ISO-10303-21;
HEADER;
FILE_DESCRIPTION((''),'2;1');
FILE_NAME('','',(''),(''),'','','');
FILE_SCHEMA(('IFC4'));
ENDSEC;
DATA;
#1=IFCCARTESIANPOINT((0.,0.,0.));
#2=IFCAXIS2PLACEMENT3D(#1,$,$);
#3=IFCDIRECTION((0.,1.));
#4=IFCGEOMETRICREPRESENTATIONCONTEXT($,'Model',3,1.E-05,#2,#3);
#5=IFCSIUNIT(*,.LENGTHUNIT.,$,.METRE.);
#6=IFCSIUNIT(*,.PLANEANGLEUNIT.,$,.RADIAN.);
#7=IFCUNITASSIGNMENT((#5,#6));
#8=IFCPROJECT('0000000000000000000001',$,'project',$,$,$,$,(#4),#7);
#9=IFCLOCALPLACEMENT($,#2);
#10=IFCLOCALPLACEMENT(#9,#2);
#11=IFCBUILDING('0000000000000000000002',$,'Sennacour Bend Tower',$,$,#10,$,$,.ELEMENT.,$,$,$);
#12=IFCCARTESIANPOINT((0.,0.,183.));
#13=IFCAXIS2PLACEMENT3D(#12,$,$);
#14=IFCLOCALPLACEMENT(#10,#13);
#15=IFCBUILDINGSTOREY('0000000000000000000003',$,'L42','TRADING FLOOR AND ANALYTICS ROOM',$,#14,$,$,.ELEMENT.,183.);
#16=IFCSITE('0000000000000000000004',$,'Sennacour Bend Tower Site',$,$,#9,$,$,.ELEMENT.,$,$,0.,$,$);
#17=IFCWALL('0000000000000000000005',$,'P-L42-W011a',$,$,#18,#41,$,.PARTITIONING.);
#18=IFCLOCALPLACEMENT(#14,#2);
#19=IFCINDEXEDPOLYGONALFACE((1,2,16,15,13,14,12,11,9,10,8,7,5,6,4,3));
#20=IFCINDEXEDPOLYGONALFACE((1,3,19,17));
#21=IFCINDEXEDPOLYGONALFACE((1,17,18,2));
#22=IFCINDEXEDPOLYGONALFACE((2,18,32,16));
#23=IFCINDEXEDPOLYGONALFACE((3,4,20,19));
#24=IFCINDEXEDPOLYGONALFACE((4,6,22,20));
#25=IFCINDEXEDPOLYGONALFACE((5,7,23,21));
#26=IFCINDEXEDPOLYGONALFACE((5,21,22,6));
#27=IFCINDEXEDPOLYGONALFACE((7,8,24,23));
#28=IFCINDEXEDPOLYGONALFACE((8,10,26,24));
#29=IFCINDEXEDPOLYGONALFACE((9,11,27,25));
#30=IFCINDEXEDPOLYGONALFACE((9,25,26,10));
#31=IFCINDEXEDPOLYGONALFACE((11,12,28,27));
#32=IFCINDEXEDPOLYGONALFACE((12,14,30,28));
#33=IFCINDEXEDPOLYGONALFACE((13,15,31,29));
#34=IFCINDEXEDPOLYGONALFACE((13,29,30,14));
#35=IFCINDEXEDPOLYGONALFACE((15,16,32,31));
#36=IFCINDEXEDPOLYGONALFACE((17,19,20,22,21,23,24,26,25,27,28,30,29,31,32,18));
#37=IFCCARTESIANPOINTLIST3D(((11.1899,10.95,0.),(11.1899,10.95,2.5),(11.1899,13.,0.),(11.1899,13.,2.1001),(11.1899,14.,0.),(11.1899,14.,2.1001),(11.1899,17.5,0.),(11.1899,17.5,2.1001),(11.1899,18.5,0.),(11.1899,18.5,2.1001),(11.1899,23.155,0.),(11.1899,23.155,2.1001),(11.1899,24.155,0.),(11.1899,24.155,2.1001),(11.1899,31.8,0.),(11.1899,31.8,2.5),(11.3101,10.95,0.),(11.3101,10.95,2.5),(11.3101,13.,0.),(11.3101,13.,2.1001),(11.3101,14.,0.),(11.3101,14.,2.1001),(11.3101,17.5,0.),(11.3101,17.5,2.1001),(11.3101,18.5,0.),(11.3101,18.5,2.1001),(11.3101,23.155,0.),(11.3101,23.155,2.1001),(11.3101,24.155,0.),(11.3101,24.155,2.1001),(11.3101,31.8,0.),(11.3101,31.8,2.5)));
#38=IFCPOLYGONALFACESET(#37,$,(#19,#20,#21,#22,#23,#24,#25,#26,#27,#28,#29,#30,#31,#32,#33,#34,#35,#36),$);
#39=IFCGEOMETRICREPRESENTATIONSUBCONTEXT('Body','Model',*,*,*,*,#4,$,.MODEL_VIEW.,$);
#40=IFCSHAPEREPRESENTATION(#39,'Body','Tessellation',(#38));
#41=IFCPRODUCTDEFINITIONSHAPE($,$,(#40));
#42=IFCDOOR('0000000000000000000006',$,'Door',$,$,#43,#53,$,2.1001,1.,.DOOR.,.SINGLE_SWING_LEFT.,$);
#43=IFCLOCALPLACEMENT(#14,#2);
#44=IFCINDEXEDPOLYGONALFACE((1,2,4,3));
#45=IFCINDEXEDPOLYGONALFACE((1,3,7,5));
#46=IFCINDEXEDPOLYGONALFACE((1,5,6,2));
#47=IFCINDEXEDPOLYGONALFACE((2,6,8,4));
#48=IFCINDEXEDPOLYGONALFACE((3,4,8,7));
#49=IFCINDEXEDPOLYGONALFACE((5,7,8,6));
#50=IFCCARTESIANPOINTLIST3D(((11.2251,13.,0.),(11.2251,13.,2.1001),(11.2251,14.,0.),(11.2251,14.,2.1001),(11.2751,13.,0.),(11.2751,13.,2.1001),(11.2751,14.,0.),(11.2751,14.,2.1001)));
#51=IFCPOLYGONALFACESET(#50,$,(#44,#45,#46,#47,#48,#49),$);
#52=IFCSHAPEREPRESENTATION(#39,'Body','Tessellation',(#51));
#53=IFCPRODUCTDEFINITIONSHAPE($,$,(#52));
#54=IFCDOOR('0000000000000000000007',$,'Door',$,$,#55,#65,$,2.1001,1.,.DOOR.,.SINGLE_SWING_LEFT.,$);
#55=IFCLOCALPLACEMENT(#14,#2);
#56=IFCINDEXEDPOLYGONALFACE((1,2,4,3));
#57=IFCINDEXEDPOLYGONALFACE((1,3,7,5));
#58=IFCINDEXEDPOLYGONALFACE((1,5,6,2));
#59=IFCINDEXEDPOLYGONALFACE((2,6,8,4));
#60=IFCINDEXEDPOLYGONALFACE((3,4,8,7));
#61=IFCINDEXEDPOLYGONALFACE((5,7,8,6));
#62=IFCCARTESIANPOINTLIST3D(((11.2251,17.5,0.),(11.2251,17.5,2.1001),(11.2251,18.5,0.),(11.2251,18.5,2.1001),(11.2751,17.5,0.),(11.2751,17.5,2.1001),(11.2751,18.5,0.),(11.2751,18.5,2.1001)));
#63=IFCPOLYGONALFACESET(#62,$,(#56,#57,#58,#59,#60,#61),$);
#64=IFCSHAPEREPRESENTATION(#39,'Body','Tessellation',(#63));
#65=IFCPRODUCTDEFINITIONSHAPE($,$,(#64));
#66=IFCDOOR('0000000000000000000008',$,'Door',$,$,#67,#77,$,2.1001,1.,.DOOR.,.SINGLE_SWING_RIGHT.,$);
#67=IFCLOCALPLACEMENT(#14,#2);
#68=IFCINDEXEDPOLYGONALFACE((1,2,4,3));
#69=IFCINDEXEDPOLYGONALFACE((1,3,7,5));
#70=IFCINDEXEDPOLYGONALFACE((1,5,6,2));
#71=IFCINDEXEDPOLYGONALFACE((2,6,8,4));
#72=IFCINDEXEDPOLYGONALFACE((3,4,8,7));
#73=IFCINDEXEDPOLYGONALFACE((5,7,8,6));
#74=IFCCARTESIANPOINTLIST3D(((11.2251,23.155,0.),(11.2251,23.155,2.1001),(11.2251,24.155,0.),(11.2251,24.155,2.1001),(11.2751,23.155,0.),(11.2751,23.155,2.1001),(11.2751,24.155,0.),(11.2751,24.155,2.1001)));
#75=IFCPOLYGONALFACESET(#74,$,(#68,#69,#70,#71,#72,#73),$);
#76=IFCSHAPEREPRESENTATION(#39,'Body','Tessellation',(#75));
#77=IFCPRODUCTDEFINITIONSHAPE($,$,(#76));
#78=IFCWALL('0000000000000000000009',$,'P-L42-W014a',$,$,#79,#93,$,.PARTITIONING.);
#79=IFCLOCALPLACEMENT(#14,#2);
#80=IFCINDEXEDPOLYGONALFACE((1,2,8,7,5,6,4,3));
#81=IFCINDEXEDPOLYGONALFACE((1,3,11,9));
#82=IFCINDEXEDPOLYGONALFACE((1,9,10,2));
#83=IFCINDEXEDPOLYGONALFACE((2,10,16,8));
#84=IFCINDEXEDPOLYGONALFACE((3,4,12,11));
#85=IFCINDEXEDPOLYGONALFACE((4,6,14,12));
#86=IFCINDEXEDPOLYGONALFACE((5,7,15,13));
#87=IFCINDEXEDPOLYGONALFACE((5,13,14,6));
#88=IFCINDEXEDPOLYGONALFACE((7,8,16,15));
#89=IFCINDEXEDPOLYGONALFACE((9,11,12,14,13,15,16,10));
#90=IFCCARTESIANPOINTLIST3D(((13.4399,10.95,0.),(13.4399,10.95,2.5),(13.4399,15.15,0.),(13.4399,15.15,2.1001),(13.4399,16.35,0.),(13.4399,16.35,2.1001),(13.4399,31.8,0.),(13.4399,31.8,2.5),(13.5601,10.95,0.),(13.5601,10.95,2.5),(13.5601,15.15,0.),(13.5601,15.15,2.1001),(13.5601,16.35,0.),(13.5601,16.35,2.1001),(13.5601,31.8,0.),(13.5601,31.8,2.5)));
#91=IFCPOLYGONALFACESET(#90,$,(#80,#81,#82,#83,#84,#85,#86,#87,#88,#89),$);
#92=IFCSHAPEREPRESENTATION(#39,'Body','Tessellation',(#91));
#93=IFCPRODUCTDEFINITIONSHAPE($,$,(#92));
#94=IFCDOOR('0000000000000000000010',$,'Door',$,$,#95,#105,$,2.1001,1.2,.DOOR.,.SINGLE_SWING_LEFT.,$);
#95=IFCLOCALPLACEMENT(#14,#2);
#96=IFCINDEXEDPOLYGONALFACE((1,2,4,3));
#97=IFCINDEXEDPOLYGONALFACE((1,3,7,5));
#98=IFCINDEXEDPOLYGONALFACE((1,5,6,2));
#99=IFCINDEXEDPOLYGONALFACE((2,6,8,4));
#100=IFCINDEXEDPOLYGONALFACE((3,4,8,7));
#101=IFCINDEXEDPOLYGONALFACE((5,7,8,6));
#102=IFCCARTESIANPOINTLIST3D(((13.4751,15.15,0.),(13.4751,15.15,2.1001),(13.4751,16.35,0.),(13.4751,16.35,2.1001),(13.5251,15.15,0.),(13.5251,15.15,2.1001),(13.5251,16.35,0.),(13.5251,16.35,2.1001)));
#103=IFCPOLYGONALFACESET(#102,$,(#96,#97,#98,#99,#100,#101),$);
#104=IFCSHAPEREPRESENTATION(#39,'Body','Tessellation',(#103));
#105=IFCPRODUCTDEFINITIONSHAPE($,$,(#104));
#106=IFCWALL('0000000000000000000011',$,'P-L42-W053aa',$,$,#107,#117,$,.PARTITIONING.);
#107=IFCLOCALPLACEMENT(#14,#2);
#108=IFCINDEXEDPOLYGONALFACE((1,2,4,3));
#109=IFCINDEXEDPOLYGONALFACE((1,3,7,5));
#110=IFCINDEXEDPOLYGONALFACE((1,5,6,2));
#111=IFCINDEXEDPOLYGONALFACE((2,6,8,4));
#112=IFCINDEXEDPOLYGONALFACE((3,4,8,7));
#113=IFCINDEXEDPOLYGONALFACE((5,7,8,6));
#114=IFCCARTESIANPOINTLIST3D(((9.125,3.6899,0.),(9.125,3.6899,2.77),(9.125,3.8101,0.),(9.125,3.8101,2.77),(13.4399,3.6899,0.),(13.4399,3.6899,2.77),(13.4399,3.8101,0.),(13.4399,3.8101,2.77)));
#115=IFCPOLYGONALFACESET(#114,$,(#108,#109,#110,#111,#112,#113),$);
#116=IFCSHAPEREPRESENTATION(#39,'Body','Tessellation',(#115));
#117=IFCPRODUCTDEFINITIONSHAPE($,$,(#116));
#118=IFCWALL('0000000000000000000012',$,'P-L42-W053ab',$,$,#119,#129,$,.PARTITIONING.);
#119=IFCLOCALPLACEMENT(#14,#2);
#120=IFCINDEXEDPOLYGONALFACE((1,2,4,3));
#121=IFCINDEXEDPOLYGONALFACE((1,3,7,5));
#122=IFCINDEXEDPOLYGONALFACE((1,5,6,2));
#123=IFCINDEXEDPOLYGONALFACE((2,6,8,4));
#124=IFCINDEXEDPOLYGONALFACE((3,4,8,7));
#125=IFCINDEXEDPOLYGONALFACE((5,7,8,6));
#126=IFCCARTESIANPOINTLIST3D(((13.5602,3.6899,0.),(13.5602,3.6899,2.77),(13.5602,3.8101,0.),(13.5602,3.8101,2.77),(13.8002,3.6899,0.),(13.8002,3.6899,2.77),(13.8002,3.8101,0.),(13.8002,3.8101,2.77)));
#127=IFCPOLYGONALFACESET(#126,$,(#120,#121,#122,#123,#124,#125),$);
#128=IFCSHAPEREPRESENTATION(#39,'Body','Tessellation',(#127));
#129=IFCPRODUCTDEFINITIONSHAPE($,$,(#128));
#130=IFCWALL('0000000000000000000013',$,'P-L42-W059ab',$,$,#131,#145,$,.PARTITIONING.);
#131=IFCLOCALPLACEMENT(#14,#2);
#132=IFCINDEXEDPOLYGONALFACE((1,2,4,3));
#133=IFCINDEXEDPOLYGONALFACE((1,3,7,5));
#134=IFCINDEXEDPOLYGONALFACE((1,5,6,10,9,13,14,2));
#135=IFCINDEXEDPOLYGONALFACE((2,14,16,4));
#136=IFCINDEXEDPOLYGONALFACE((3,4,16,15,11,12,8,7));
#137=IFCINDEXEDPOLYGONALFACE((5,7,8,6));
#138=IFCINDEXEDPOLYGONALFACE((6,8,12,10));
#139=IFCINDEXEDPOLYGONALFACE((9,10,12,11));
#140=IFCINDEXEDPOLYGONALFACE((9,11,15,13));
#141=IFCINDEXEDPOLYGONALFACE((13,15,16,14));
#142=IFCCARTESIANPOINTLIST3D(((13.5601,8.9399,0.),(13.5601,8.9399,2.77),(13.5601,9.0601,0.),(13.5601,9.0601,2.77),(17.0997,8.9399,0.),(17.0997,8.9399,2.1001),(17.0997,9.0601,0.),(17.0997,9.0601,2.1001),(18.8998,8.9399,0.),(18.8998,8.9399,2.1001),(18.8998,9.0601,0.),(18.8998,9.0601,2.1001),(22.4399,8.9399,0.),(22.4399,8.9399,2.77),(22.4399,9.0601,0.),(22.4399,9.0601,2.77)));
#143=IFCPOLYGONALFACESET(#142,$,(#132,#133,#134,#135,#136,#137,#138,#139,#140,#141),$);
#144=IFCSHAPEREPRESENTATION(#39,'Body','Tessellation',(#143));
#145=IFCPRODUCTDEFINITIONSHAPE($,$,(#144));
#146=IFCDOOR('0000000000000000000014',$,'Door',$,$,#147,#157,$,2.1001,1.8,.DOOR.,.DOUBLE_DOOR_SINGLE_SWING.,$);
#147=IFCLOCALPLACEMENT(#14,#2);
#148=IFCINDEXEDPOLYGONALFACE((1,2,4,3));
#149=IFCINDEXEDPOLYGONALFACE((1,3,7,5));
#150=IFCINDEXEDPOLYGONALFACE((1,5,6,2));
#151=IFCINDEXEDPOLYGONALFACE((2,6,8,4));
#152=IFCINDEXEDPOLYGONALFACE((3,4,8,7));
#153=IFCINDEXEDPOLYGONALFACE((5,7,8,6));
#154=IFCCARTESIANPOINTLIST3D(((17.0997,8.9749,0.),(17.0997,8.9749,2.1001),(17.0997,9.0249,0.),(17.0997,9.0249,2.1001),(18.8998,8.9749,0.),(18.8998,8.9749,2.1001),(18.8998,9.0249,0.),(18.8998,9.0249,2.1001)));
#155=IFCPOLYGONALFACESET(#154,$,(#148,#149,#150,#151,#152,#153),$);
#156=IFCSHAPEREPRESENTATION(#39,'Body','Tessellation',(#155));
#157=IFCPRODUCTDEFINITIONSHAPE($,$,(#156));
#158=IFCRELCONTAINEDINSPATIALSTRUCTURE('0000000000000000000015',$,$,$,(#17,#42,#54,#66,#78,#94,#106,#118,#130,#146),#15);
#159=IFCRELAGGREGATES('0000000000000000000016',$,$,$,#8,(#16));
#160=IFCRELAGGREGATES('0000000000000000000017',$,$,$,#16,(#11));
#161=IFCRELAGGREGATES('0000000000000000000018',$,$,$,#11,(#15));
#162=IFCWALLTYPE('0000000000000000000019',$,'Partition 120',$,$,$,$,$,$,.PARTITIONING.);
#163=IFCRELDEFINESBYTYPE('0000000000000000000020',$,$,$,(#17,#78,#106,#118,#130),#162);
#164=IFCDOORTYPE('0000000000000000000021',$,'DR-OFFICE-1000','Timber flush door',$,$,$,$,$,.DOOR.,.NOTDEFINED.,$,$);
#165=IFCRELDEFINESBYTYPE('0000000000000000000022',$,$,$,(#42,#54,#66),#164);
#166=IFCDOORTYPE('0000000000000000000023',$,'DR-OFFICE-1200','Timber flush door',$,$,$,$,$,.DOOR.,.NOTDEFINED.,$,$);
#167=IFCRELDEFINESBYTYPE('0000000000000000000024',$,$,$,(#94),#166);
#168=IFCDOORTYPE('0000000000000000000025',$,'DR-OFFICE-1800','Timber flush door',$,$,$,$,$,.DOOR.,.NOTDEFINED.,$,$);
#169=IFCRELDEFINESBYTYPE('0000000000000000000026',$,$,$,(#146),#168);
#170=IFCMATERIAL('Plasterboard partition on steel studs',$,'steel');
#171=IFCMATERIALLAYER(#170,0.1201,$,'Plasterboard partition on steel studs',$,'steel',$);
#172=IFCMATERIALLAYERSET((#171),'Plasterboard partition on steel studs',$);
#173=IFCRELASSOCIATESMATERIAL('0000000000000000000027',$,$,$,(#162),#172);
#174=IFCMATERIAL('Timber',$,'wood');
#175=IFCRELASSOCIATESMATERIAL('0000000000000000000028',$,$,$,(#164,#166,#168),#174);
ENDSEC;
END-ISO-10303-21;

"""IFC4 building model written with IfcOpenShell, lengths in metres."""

from ifc_helpers import new_model, si_unit, direction, frame, frame_2d, origin, place, context, subcontext, project, spatial, rectangle, extrude, material, layer, layer_set, type_object, element, fill, save


model = new_model("IFC4")

# Units and contexts
model_context = context("Model", 3, precision=1e-05, world=origin(), true_north=direction((0.0, 1.0)))
body_context = subcontext(model_context, "Body", "Model", "MODEL_VIEW")
ifc_project = project(units=[si_unit("LENGTHUNIT", "METRE"), si_unit("PLANEANGLEUNIT", "RADIAN")], contexts=[model_context])

# Site, building, storey
site_placement = place(None, origin())
site = spatial("IfcSite", under=ifc_project, at=site_placement, Name="Sennacour Bend Tower Site", CompositionType="ELEMENT", RefElevation=0.0)
building_placement = place(site_placement, origin())
building = spatial("IfcBuilding", under=site, at=building_placement, Name="Sennacour Bend Tower", CompositionType="ELEMENT")
storey_placement = place(building_placement, frame((0.0, 0.0, 183.0)))
storey = spatial("IfcBuildingStorey", under=building, at=storey_placement, Name="L42", Description="TRADING FLOOR AND ANALYTICS ROOM", CompositionType="ELEMENT", Elevation=183.0)

# Wall, openings, doors
ifc_material_1 = material(Name="Plasterboard partition on steel studs", Category="steel")
ifc_layer_1 = layer(ifc_material_1, 0.1201, Name="Plasterboard partition on steel studs", Category="steel")
ifc_layer_set_1 = layer_set([ifc_layer_1], Name="Plasterboard partition on steel studs")
wall_type_1 = type_object("IfcWallType", Name="Partition 120", PredefinedType="PARTITIONING", material=ifc_layer_set_1)
wall_1_placement = place(storey_placement, frame((11.25, 10.95, 0.0), z_axis=(0.0, 0.0, 1.0), x_axis=(0.0, 1.0, 0.0)))
wall_1 = element("IfcWall", 1, at=wall_1_placement, inside=storey, type_object=wall_type_1, Name="P-L42-W011a", PredefinedType="PARTITIONING", context=body_context, shape_type="SweptSolid", body=[
    extrude(rectangle(XDim=20.8501, YDim=0.1201, at=frame_2d((10.425, 0.0))), origin(), (0.0, 0.0, 1.0), 2.5),
])
opening_1_placement = place(wall_1_placement, frame((2.05, 0.0, 0.0)))
opening_1 = element("IfcOpeningElement", 2, at=opening_1_placement, cuts=wall_1, PredefinedType="OPENING", context=body_context, shape_type="SweptSolid", body=[
    extrude(rectangle(XDim=1.0, YDim=2.1001, at=frame_2d((0.5, 1.05))), frame((0.0, 0.0701, 0.0), z_axis=(0.0, -1.0, 0.0), x_axis=(1.0, 0.0, 0.0)), (0.0, 0.0, 1.0), 0.1401),
])
opening_2_placement = place(wall_1_placement, frame((6.55, 0.0, 0.0)))
opening_2 = element("IfcOpeningElement", 3, at=opening_2_placement, cuts=wall_1, PredefinedType="OPENING", context=body_context, shape_type="SweptSolid", body=[
    extrude(rectangle(XDim=1.0, YDim=2.1001, at=frame_2d((0.5, 1.05))), frame((0.0, 0.0701, 0.0), z_axis=(0.0, -1.0, 0.0), x_axis=(1.0, 0.0, 0.0)), (0.0, 0.0, 1.0), 0.1401),
])
opening_3_placement = place(wall_1_placement, frame((12.2051, 0.0, 0.0)))
opening_3 = element("IfcOpeningElement", 4, at=opening_3_placement, cuts=wall_1, PredefinedType="OPENING", context=body_context, shape_type="SweptSolid", body=[
    extrude(rectangle(XDim=1.0, YDim=2.1001, at=frame_2d((0.5, 1.05))), frame((0.0, 0.0701, 0.0), z_axis=(0.0, -1.0, 0.0), x_axis=(1.0, 0.0, 0.0)), (0.0, 0.0, 1.0), 0.1401),
])
ifc_material_2 = material(Name="Timber", Category="wood")
door_type_1 = type_object("IfcDoorType", Name="DR-OFFICE-1000", Description="Timber flush door", OperationType="NOTDEFINED", PredefinedType="DOOR", material=ifc_material_2)
door_1_placement = place(opening_1_placement, origin())
door_1 = element("IfcDoor", 5, at=door_1_placement, inside=storey, type_object=door_type_1, Name="Door", OperationType="SINGLE_SWING_LEFT", OverallHeight=2.1001, OverallWidth=1.0, PredefinedType="DOOR", context=body_context, shape_type="SweptSolid", body=[
    extrude(rectangle(XDim=1.0, YDim=2.1001, at=frame_2d((0.5, 1.05))), frame((0.0, 0.0249, 0.0), z_axis=(0.0, -1.0, 0.0), x_axis=(1.0, 0.0, 0.0)), (0.0, 0.0, 1.0), 0.05),
])
fill(opening_1, door_1)
door_2_placement = place(opening_2_placement, origin())
door_2 = element("IfcDoor", 6, at=door_2_placement, inside=storey, type_object=door_type_1, Name="Door", OperationType="SINGLE_SWING_LEFT", OverallHeight=2.1001, OverallWidth=1.0, PredefinedType="DOOR", context=body_context, shape_type="SweptSolid", body=[
    extrude(rectangle(XDim=1.0, YDim=2.1001, at=frame_2d((0.5, 1.05))), frame((0.0, 0.0249, 0.0), z_axis=(0.0, -1.0, 0.0), x_axis=(1.0, 0.0, 0.0)), (0.0, 0.0, 1.0), 0.05),
])
fill(opening_2, door_2)
door_3_placement = place(opening_3_placement, origin())
door_3 = element("IfcDoor", 7, at=door_3_placement, inside=storey, type_object=door_type_1, Name="Door", OperationType="SINGLE_SWING_RIGHT", OverallHeight=2.1001, OverallWidth=1.0, PredefinedType="DOOR", context=body_context, shape_type="SweptSolid", body=[
    extrude(rectangle(XDim=1.0, YDim=2.1001, at=frame_2d((0.5, 1.05))), frame((0.0, 0.0249, 0.0), z_axis=(0.0, -1.0, 0.0), x_axis=(1.0, 0.0, 0.0)), (0.0, 0.0, 1.0), 0.05),
])
fill(opening_3, door_3)

# Wall, opening, door
wall_2_placement = place(storey_placement, frame((13.5, 10.95, 0.0), z_axis=(0.0, 0.0, 1.0), x_axis=(0.0, 1.0, 0.0)))
wall_2 = element("IfcWall", 8, at=wall_2_placement, inside=storey, type_object=wall_type_1, Name="P-L42-W014a", PredefinedType="PARTITIONING", context=body_context, shape_type="SweptSolid", body=[
    extrude(rectangle(XDim=20.8501, YDim=0.1201, at=frame_2d((10.425, 0.0))), origin(), (0.0, 0.0, 1.0), 2.5),
])
opening_4_placement = place(wall_2_placement, frame((4.2, 0.0, 0.0)))
opening_4 = element("IfcOpeningElement", 9, at=opening_4_placement, cuts=wall_2, PredefinedType="OPENING", context=body_context, shape_type="SweptSolid", body=[
    extrude(rectangle(XDim=1.2, YDim=2.1001, at=frame_2d((0.6001, 1.05))), frame((0.0, 0.0701, 0.0), z_axis=(0.0, -1.0, 0.0), x_axis=(1.0, 0.0, 0.0)), (0.0, 0.0, 1.0), 0.1401),
])
door_type_2 = type_object("IfcDoorType", Name="DR-OFFICE-1200", Description="Timber flush door", OperationType="NOTDEFINED", PredefinedType="DOOR", material=ifc_material_2)
door_4_placement = place(opening_4_placement, origin())
door_4 = element("IfcDoor", 10, at=door_4_placement, inside=storey, type_object=door_type_2, Name="Door", OperationType="SINGLE_SWING_LEFT", OverallHeight=2.1001, OverallWidth=1.2, PredefinedType="DOOR", context=body_context, shape_type="SweptSolid", body=[
    extrude(rectangle(XDim=1.2, YDim=2.1001, at=frame_2d((0.6001, 1.05))), frame((0.0, 0.0249, 0.0), z_axis=(0.0, -1.0, 0.0), x_axis=(1.0, 0.0, 0.0)), (0.0, 0.0, 1.0), 0.05),
])
fill(opening_4, door_4)

# Walls
wall_3_placement = place(storey_placement, frame((9.125, 3.75, 0.0), z_axis=(0.0, 0.0, 1.0), x_axis=(1.0, 0.0, 0.0)))
element("IfcWall", 11, at=wall_3_placement, inside=storey, type_object=wall_type_1, Name="P-L42-W053aa", PredefinedType="PARTITIONING", context=body_context, shape_type="SweptSolid", body=[
    extrude(rectangle(XDim=4.3149, YDim=0.1201, at=frame_2d((2.1575, 0.0))), origin(), (0.0, 0.0, 1.0), 2.77),
])
wall_4_placement = place(storey_placement, frame((13.5601, 3.75, 0.0), z_axis=(0.0, 0.0, 1.0), x_axis=(1.0, 0.0, 0.0)))
element("IfcWall", 12, at=wall_4_placement, inside=storey, type_object=wall_type_1, Name="P-L42-W053ab", PredefinedType="PARTITIONING", context=body_context, shape_type="SweptSolid", body=[
    extrude(rectangle(XDim=0.24, YDim=0.1201, at=frame_2d((0.1201, 0.0))), origin(), (0.0, 0.0, 1.0), 2.77),
])

# Wall, opening, door
wall_5_placement = place(storey_placement, frame((13.5601, 9.0, 0.0), z_axis=(0.0, 0.0, 1.0), x_axis=(1.0, 0.0, 0.0)))
wall_5 = element("IfcWall", 13, at=wall_5_placement, inside=storey, type_object=wall_type_1, Name="P-L42-W059ab", PredefinedType="PARTITIONING", context=body_context, shape_type="SweptSolid", body=[
    extrude(rectangle(XDim=8.8799, YDim=0.1201, at=frame_2d((4.4399, 0.0))), origin(), (0.0, 0.0, 1.0), 2.77),
])
opening_5_placement = place(wall_5_placement, frame((3.5398, 0.0, 0.0)))
opening_5 = element("IfcOpeningElement", 14, at=opening_5_placement, cuts=wall_5, PredefinedType="OPENING", context=body_context, shape_type="SweptSolid", body=[
    extrude(rectangle(XDim=1.8, YDim=2.1001, at=frame_2d((0.8999, 1.05))), frame((0.0, 0.0701, 0.0), z_axis=(0.0, -1.0, 0.0), x_axis=(1.0, 0.0, 0.0)), (0.0, 0.0, 1.0), 0.1401),
])
door_type_3 = type_object("IfcDoorType", Name="DR-OFFICE-1800", Description="Timber flush door", OperationType="NOTDEFINED", PredefinedType="DOOR", material=ifc_material_2)
door_5_placement = place(opening_5_placement, origin())
door_5 = element("IfcDoor", 15, at=door_5_placement, inside=storey, type_object=door_type_3, Name="Door", OperationType="DOUBLE_DOOR_SINGLE_SWING", OverallHeight=2.1001, OverallWidth=1.8, PredefinedType="DOOR", context=body_context, shape_type="SweptSolid", body=[
    extrude(rectangle(XDim=1.8, YDim=2.1001, at=frame_2d((0.8999, 1.05))), frame((0.0, 0.0249, 0.0), z_axis=(0.0, -1.0, 0.0), x_axis=(1.0, 0.0, 0.0)), (0.0, 0.0, 1.0), 0.05),
])
fill(opening_5, door_5)

save(model, "model.ifc")
